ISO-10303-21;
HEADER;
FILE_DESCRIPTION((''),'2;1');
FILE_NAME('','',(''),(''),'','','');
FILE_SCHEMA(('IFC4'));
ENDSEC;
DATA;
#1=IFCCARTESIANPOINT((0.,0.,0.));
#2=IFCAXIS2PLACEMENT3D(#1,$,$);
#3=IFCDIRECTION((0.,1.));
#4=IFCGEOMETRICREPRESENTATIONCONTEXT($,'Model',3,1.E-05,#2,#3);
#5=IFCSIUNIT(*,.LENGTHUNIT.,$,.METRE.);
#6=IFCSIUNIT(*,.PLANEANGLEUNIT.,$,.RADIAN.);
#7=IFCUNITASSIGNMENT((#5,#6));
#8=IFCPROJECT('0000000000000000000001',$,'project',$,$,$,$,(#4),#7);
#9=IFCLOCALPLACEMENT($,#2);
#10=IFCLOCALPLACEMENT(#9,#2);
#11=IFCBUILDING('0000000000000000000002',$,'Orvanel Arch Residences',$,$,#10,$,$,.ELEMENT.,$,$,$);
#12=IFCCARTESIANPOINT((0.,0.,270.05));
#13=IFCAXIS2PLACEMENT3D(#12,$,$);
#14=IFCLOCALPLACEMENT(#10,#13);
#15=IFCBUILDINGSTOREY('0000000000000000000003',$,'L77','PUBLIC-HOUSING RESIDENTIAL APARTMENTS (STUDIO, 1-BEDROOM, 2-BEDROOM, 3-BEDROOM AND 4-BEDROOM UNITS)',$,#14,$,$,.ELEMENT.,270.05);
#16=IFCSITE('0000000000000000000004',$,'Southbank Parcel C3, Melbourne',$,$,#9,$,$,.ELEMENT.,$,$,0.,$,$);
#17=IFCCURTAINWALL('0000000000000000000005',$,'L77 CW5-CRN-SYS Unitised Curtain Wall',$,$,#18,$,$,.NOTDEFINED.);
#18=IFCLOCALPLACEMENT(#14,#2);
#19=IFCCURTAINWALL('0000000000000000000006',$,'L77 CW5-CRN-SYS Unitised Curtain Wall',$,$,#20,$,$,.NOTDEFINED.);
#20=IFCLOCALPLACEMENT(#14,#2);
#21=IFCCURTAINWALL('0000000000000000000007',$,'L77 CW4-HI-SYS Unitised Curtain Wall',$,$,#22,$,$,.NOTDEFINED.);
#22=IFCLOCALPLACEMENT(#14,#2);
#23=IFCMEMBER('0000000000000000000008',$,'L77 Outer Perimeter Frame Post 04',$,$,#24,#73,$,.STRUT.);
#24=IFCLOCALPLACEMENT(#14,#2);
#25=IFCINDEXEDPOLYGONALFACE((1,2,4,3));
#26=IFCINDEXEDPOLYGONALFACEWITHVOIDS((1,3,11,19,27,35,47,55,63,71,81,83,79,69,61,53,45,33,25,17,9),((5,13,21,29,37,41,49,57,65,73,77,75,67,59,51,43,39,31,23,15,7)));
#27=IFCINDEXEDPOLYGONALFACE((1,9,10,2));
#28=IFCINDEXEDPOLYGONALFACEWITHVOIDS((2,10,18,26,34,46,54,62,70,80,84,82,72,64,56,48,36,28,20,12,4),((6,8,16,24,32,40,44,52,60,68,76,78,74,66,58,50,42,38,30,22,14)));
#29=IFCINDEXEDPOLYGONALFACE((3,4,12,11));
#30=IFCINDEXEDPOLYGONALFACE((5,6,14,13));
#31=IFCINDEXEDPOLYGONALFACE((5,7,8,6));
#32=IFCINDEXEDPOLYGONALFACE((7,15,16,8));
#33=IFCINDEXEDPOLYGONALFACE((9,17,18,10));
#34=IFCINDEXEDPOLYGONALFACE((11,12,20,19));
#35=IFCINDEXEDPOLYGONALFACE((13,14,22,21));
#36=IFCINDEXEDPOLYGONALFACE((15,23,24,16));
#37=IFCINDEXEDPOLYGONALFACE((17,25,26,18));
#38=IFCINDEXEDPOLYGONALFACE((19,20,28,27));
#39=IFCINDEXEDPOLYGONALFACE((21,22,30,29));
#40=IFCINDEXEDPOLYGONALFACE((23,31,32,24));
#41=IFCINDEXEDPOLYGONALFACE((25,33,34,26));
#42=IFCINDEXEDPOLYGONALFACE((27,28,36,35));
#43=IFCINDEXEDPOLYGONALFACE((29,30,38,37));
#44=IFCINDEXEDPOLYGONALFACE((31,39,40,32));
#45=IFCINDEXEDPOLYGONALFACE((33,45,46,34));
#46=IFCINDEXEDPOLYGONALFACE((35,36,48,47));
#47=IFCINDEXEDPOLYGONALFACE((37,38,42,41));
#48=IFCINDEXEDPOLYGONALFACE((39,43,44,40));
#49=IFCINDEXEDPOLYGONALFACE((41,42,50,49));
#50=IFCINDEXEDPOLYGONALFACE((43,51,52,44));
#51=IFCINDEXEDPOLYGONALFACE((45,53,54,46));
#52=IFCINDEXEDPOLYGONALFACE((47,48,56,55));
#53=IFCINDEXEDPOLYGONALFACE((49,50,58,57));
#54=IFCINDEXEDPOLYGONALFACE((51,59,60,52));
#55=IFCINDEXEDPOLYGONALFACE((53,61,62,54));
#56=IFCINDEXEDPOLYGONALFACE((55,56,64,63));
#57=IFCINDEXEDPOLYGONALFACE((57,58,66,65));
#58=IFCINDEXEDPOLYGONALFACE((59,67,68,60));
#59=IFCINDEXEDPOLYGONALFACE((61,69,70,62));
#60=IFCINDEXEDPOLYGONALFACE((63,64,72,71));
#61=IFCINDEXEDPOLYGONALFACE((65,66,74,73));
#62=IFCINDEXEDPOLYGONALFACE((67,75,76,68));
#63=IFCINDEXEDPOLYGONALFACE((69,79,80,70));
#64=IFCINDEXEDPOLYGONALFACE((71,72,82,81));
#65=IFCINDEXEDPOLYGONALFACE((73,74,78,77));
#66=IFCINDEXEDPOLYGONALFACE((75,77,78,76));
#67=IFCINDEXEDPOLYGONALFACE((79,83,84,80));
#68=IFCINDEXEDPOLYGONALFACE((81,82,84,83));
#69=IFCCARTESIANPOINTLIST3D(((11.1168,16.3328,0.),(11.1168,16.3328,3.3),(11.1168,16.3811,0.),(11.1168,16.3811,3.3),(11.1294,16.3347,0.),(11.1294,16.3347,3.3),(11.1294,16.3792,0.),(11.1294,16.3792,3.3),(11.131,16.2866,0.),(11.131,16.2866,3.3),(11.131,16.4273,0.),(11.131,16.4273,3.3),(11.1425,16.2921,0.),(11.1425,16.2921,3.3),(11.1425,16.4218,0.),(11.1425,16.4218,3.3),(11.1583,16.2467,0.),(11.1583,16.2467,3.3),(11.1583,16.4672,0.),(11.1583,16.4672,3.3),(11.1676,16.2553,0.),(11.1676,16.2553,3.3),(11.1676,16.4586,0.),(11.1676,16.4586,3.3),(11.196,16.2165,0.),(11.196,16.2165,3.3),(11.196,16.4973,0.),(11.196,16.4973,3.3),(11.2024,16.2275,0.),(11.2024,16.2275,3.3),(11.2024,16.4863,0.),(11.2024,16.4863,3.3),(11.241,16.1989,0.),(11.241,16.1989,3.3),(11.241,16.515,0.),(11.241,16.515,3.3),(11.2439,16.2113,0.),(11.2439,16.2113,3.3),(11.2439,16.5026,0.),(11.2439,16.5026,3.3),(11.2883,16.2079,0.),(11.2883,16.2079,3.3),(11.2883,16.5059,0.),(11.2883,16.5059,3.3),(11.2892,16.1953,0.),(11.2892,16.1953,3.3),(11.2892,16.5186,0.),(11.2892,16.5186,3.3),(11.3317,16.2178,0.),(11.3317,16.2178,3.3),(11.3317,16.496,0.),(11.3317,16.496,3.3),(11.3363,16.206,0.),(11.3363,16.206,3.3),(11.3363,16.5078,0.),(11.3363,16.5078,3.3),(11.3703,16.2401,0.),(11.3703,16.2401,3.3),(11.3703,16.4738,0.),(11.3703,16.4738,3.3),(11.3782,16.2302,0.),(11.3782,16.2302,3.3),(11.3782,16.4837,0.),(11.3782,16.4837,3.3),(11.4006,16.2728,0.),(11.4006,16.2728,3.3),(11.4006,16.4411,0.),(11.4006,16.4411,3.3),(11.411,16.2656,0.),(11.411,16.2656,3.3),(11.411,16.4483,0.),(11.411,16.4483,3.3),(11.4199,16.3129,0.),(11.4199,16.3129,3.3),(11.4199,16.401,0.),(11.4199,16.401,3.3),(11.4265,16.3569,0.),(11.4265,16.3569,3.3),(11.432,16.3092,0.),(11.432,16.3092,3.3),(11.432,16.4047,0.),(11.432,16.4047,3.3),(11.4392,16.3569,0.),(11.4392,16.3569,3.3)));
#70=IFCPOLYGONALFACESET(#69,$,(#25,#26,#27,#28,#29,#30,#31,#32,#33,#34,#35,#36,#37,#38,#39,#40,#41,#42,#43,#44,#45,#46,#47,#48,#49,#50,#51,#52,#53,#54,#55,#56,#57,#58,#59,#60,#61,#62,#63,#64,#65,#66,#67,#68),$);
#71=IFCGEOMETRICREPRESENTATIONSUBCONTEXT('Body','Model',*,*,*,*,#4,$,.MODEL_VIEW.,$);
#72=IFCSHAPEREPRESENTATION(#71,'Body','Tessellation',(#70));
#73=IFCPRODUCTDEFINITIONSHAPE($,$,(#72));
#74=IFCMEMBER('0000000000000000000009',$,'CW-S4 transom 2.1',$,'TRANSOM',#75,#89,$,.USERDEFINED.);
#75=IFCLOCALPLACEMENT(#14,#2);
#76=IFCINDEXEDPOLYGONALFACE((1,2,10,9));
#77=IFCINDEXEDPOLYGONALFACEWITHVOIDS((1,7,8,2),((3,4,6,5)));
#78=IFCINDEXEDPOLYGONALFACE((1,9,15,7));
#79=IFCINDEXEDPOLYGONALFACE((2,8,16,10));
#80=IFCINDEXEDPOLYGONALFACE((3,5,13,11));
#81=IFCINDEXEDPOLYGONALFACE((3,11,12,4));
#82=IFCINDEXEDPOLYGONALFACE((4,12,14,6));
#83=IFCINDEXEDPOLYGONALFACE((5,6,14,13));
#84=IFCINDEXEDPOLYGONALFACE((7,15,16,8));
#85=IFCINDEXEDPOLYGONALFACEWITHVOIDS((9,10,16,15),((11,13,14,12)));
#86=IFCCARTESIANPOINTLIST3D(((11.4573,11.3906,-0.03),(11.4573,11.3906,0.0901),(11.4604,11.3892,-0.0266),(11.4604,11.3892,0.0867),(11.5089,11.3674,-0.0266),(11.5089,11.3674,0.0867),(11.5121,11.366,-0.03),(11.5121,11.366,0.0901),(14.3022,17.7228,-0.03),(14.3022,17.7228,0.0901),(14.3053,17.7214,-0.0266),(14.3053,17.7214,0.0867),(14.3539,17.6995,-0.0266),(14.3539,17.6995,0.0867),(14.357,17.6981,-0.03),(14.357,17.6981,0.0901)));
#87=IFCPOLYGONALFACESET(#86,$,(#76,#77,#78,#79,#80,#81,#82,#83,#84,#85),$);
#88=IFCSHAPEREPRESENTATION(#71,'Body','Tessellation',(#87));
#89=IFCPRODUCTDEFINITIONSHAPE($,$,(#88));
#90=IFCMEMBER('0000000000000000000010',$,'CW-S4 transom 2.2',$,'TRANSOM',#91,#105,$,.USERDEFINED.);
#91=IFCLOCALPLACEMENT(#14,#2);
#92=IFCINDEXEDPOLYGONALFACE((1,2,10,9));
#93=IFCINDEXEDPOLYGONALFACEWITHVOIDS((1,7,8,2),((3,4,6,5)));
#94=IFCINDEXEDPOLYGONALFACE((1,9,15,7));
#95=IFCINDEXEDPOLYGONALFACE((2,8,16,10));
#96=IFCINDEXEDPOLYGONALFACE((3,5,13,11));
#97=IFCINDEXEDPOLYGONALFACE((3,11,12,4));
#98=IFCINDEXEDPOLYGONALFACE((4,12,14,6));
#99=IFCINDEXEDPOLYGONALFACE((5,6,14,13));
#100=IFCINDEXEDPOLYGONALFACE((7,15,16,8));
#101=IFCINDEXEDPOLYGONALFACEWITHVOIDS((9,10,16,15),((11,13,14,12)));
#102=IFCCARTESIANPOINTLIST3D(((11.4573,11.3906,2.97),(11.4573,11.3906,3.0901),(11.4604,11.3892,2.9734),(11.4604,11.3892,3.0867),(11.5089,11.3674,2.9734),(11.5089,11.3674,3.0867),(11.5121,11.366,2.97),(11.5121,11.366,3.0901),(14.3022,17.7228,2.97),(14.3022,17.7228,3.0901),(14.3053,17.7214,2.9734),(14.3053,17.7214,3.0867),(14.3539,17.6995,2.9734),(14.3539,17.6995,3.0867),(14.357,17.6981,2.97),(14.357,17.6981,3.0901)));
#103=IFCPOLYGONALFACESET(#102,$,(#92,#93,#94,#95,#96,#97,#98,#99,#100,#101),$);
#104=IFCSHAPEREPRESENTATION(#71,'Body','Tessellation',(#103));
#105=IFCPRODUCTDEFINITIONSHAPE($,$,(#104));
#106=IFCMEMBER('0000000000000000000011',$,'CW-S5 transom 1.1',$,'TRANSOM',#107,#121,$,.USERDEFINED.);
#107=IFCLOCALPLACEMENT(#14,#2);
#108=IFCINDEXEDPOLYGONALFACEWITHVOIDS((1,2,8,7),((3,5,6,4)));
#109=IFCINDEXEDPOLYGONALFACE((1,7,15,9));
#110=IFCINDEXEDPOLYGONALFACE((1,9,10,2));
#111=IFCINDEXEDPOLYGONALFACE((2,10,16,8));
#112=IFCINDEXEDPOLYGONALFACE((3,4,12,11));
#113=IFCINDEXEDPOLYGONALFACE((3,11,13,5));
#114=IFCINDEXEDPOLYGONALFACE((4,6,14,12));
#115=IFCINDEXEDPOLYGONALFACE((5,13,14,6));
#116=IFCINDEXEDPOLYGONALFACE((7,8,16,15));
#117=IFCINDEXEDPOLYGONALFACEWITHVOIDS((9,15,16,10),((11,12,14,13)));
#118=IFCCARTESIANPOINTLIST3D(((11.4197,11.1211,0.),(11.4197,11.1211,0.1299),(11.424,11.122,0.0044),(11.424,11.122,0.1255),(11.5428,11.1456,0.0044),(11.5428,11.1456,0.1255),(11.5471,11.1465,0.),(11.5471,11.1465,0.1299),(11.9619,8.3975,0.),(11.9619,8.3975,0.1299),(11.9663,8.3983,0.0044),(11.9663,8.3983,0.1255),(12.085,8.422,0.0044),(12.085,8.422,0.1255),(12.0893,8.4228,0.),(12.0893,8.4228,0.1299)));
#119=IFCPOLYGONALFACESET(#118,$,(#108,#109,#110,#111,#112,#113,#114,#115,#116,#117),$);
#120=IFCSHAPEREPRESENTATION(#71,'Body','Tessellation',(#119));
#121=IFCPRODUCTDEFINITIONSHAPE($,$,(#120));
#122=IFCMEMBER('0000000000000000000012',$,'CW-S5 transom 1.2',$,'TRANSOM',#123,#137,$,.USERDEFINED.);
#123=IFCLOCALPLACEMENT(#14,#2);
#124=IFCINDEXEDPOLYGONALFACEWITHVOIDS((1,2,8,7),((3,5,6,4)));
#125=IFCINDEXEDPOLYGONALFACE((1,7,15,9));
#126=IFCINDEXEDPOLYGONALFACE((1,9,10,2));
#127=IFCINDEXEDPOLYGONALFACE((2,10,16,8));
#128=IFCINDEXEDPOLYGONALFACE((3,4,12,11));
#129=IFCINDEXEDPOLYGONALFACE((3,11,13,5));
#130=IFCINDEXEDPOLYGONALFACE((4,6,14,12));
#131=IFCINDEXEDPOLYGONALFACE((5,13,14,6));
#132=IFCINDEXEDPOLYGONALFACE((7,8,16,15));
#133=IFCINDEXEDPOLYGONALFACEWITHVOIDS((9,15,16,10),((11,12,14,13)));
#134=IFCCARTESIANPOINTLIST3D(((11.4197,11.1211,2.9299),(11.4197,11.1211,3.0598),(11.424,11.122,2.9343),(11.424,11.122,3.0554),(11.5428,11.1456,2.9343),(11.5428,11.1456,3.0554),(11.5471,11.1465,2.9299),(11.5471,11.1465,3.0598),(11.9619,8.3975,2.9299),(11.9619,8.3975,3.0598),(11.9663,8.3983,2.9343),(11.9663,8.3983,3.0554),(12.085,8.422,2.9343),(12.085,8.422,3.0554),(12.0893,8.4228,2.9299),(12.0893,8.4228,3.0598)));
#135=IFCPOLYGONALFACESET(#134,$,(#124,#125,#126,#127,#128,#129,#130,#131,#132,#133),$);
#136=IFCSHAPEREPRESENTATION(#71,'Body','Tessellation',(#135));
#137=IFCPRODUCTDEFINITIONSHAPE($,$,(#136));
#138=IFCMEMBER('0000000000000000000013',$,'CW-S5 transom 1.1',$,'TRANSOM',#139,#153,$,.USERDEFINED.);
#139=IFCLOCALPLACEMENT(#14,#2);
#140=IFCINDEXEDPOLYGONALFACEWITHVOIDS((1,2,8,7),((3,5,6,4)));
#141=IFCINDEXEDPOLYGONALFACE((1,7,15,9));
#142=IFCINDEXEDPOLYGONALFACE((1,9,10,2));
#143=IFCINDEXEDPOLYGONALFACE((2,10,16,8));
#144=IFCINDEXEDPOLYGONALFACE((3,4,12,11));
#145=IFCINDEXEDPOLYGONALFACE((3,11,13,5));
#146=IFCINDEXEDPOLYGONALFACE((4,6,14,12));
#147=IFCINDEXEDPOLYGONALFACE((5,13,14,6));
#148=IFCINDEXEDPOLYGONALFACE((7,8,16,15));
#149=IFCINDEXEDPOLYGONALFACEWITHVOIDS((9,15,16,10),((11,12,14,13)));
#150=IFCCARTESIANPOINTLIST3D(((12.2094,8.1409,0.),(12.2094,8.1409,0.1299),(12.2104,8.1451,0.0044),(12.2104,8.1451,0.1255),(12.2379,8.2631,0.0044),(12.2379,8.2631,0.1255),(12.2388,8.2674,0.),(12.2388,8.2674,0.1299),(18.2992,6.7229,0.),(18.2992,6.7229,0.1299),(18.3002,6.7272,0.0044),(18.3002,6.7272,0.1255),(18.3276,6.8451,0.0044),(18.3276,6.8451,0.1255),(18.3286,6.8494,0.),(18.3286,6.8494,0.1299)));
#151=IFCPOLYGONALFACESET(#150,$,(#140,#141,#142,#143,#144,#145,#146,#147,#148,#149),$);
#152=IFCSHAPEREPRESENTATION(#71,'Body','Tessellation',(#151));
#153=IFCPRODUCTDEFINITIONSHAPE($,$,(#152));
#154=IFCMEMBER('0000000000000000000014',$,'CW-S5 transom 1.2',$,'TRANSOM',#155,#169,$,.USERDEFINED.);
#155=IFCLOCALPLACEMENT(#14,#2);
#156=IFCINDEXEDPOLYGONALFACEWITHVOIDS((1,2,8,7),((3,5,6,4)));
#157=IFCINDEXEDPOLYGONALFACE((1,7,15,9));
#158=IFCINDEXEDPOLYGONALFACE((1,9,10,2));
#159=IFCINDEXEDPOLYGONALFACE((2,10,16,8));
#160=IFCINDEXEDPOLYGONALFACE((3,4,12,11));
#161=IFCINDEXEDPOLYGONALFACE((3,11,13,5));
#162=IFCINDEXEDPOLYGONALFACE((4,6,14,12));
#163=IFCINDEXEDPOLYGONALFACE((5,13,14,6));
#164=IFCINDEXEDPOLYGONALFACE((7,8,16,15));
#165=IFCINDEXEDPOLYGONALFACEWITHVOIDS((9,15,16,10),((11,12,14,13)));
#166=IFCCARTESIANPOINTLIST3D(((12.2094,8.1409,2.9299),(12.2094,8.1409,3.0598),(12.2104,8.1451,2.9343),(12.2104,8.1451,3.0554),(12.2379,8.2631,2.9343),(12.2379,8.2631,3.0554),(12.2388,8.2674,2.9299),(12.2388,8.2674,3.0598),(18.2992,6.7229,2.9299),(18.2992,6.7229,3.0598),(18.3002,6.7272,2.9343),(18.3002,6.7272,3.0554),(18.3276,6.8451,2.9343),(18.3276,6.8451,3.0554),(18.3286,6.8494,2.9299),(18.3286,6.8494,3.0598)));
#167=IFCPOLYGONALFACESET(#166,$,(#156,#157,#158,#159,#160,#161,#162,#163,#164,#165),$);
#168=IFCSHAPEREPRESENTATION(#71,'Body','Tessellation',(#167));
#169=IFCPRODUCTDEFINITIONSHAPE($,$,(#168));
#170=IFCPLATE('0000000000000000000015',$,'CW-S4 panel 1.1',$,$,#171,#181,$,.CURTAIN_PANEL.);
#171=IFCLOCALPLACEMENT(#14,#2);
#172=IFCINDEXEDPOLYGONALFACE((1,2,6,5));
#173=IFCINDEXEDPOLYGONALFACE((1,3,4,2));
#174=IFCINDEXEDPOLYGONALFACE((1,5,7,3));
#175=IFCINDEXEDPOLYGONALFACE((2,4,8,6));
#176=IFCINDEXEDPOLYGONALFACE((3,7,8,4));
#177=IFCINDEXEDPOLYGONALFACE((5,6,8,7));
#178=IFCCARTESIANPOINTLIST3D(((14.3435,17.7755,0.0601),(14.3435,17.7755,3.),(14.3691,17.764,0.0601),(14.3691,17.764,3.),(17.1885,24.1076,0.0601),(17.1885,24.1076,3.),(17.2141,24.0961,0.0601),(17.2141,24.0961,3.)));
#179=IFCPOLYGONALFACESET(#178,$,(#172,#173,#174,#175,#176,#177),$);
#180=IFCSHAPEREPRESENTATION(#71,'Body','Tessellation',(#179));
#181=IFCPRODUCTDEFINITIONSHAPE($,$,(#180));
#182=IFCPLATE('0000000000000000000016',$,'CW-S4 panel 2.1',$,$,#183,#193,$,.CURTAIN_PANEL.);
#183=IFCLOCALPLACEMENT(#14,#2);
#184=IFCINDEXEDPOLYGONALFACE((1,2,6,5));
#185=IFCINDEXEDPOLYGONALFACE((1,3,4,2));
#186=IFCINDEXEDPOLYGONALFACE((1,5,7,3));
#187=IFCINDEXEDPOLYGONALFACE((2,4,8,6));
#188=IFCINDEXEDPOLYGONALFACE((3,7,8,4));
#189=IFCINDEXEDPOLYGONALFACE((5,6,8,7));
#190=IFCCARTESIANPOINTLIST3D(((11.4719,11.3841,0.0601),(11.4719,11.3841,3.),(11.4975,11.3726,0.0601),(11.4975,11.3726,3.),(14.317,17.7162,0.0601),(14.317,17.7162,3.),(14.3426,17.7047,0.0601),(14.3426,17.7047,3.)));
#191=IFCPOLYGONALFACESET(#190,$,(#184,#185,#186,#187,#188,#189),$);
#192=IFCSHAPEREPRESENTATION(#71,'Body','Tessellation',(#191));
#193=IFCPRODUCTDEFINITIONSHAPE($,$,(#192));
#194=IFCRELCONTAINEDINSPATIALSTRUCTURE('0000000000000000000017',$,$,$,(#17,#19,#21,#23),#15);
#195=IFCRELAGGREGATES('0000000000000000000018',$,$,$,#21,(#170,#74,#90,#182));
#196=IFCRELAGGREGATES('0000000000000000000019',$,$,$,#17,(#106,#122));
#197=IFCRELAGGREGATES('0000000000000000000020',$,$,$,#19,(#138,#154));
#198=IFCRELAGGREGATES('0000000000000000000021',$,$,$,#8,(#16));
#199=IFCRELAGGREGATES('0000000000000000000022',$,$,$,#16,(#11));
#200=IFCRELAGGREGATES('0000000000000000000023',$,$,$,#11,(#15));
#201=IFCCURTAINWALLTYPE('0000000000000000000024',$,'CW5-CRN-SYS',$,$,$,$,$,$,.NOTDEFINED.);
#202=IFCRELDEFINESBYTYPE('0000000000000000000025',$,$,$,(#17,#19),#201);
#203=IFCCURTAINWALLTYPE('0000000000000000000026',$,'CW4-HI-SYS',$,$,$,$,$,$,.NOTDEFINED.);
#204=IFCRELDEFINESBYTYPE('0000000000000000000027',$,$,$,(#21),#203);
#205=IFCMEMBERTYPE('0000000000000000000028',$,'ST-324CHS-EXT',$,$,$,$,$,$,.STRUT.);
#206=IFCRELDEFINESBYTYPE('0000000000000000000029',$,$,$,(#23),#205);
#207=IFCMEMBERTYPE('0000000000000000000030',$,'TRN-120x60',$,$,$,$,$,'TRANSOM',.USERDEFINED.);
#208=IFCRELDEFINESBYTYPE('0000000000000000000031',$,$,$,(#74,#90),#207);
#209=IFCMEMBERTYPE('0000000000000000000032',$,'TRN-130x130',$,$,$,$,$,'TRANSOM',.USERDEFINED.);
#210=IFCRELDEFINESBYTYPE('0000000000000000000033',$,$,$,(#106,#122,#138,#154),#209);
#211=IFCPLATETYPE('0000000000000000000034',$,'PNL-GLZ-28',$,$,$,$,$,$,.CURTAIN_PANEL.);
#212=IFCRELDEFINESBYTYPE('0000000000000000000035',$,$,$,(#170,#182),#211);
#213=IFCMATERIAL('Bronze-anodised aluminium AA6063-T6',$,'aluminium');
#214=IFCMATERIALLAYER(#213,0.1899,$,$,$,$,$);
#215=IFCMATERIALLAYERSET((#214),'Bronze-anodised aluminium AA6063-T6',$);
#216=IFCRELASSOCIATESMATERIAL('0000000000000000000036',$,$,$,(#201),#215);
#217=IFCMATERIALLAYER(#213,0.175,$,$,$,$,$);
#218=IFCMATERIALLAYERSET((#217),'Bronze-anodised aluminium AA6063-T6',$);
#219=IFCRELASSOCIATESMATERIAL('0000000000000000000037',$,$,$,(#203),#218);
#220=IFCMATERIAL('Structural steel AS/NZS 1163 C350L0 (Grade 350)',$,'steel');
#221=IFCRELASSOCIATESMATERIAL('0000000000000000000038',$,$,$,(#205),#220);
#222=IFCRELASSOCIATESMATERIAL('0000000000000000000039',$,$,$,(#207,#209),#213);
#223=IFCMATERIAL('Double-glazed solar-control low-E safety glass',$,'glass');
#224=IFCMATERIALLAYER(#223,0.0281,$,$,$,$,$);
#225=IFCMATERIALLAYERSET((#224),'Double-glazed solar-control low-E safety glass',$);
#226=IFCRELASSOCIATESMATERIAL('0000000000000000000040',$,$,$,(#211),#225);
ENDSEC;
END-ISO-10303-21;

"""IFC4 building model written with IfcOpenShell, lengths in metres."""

from ifc_helpers import new_model, si_unit, direction, frame, origin, origin_2d, place, context, subcontext, project, spatial, rectangle, hollow_rectangle, hollow_circle, extrude, material, layer, layer_set, material_profile, profile_set, type_object, element, aggregate, save


model = new_model("IFC4")

# Units and contexts
model_context = context("Model", 3, precision=1e-05, world=origin(), true_north=direction((0.0, 1.0)))
body_context = subcontext(model_context, "Body", "Model", "MODEL_VIEW")
ifc_project = project(units=[si_unit("LENGTHUNIT", "METRE"), si_unit("PLANEANGLEUNIT", "RADIAN")], contexts=[model_context])

# Site, building, storey
site_placement = place(None, origin())
site = spatial("IfcSite", under=ifc_project, at=site_placement, Name="Southbank Parcel C3, Melbourne", CompositionType="ELEMENT", RefElevation=0.0)
building_placement = place(site_placement, origin())
building = spatial("IfcBuilding", under=site, at=building_placement, Name="Orvanel Arch Residences", CompositionType="ELEMENT")
storey_placement = place(building_placement, frame((0.0, 0.0, 270.05)))
storey = spatial("IfcBuildingStorey", under=building, at=storey_placement, Name="L77", Description="PUBLIC-HOUSING RESIDENTIAL APARTMENTS (STUDIO, 1-BEDROOM, 2-BEDROOM, 3-BEDROOM AND 4-BEDROOM UNITS)", CompositionType="ELEMENT", Elevation=270.05)

# Curtain walls
ifc_material_1 = material(Name="Bronze-anodised aluminium AA6063-T6", Category="aluminium")
ifc_layer_1 = layer(ifc_material_1, 0.1899)
ifc_layer_set_1 = layer_set([ifc_layer_1], Name="Bronze-anodised aluminium AA6063-T6")
curtain_wall_type_1 = type_object("IfcCurtainWallType", Name="CW5-CRN-SYS", PredefinedType="NOTDEFINED", material=ifc_layer_set_1)
curtain_wall_1_placement = place(storey_placement, origin())
curtain_wall_1 = element("IfcCurtainWall", 1, at=curtain_wall_1_placement, inside=storey, type_object=curtain_wall_type_1, Name="L77 CW5-CRN-SYS Unitised Curtain Wall", PredefinedType="NOTDEFINED")
curtain_wall_2_placement = place(storey_placement, origin())
curtain_wall_2 = element("IfcCurtainWall", 2, at=curtain_wall_2_placement, inside=storey, type_object=curtain_wall_type_1, Name="L77 CW5-CRN-SYS Unitised Curtain Wall", PredefinedType="NOTDEFINED")
ifc_layer_2 = layer(ifc_material_1, 0.175)
ifc_layer_set_2 = layer_set([ifc_layer_2], Name="Bronze-anodised aluminium AA6063-T6")
curtain_wall_type_2 = type_object("IfcCurtainWallType", Name="CW4-HI-SYS", PredefinedType="NOTDEFINED", material=ifc_layer_set_2)
curtain_wall_3_placement = place(storey_placement, origin())
curtain_wall_3 = element("IfcCurtainWall", 3, at=curtain_wall_3_placement, inside=storey, type_object=curtain_wall_type_2, Name="L77 CW4-HI-SYS Unitised Curtain Wall", PredefinedType="NOTDEFINED")

# Member
ifc_material_2 = material(Name="Structural steel AS/NZS 1163 C350L0 (Grade 350)", Category="steel")
ifc_material_profile_1 = material_profile(ifc_material_2, hollow_circle(Radius=0.1621, WallThickness=0.0127, at=origin_2d()), Name="CHS324x12.7")
ifc_profile_set_1 = profile_set([ifc_material_profile_1], Name="Structural steel AS/NZS 1163 C350L0 (Grade 350)")
member_type_1 = type_object("IfcMemberType", Name="ST-324CHS-EXT", PredefinedType="STRUT", material=ifc_profile_set_1)
for number, where, z_axis, x_axis, name in (
    (4, (11.2771, 16.3569, 0.0), (0.0, 0.0, 1.0), (1.0, 0.0, 0.0), "L77 Outer Perimeter Frame Post 04"),
):
    element("IfcMember", number, at=place(storey_placement, frame(where, z_axis=z_axis, x_axis=x_axis)), inside=storey, type_object=member_type_1, Name=name, PredefinedType="STRUT", context=body_context, shape_type="SweptSolid", body=[
        extrude(hollow_circle(Radius=0.1621, WallThickness=0.0127, at=origin_2d()), origin(), (0.0, 0.0, 1.0), 3.3),
    ])

# Members
ifc_material_profile_2 = material_profile(ifc_material_1, hollow_rectangle(XDim=0.0601, YDim=0.1201, WallThickness=0.0034, at=origin_2d()), Name="ALU120x60x3.5")
ifc_profile_set_2 = profile_set([ifc_material_profile_2], Name="Bronze-anodised aluminium AA6063-T6")
member_type_2 = type_object("IfcMemberType", Name="TRN-120x60", ElementType="TRANSOM", PredefinedType="USERDEFINED", material=ifc_profile_set_2)
member_1_placement = place(storey_placement, frame((14.3296, 17.7104, 0.03), z_axis=(-0.409819, -0.912167, 0.0), x_axis=(0.912167, -0.409819, 0.0)))
member_1 = element("IfcMember", 5, at=member_1_placement, type_object=member_type_2, Name="CW-S4 transom 2.1", ObjectType="TRANSOM", PredefinedType="USERDEFINED", context=body_context, shape_type="SweptSolid", body=[
    extrude(hollow_rectangle(XDim=0.0601, YDim=0.1201, WallThickness=0.0034, at=origin_2d()), origin(), (0.0, 0.0, 1.0), 6.9419),
])
member_2_placement = place(storey_placement, frame((14.3296, 17.7104, 3.03), z_axis=(-0.409819, -0.912167, 0.0), x_axis=(0.912167, -0.409819, 0.0)))
member_2 = element("IfcMember", 6, at=member_2_placement, type_object=member_type_2, Name="CW-S4 transom 2.2", ObjectType="TRANSOM", PredefinedType="USERDEFINED", context=body_context, shape_type="SweptSolid", body=[
    extrude(hollow_rectangle(XDim=0.0601, YDim=0.1201, WallThickness=0.0034, at=origin_2d()), origin(), (0.0, 0.0, 1.0), 6.9419),
])
ifc_material_profile_3 = material_profile(ifc_material_1, hollow_rectangle(XDim=0.1299, YDim=0.1299, WallThickness=0.0044, at=origin_2d()), Name="ALU130x130x4.5")
ifc_profile_set_3 = profile_set([ifc_material_profile_3], Name="Bronze-anodised aluminium AA6063-T6")
member_type_3 = type_object("IfcMemberType", Name="TRN-130x130", ElementType="TRANSOM", PredefinedType="USERDEFINED", material=ifc_profile_set_3)
member_3_placement = place(storey_placement, frame((11.4834, 11.1338, 0.0649), z_axis=(0.195254, -0.980753, 0.0), x_axis=(0.980753, 0.195254, 0.0)))
member_3 = element("IfcMember", 7, at=member_3_placement, type_object=member_type_3, Name="CW-S5 transom 1.1", ObjectType="TRANSOM", PredefinedType="USERDEFINED", context=body_context, shape_type="SweptSolid", body=[
    extrude(hollow_rectangle(XDim=0.1299, YDim=0.1299, WallThickness=0.0044, at=origin_2d()), origin(), (0.0, 0.0, 1.0), 2.7771),
])
member_4_placement = place(storey_placement, frame((11.4834, 11.1338, 2.9949), z_axis=(0.195254, -0.980753, 0.0), x_axis=(0.980753, 0.195254, 0.0)))
member_4 = element("IfcMember", 8, at=member_4_placement, type_object=member_type_3, Name="CW-S5 transom 1.2", ObjectType="TRANSOM", PredefinedType="USERDEFINED", context=body_context, shape_type="SweptSolid", body=[
    extrude(hollow_rectangle(XDim=0.1299, YDim=0.1299, WallThickness=0.0044, at=origin_2d()), origin(), (0.0, 0.0, 1.0), 2.7771),
])
member_5_placement = place(storey_placement, frame((12.2241, 8.2041, 0.0649), z_axis=(0.973947, -0.226775, 0.0), x_axis=(0.226775, 0.973947, 0.0)))
member_5 = element("IfcMember", 9, at=member_5_placement, type_object=member_type_3, Name="CW-S5 transom 1.1", ObjectType="TRANSOM", PredefinedType="USERDEFINED", context=body_context, shape_type="SweptSolid", body=[
    extrude(hollow_rectangle(XDim=0.1299, YDim=0.1299, WallThickness=0.0044, at=origin_2d()), origin(), (0.0, 0.0, 1.0), 6.2527),
])
member_6_placement = place(storey_placement, frame((12.2241, 8.2041, 2.9949), z_axis=(0.973947, -0.226775, 0.0), x_axis=(0.226775, 0.973947, 0.0)))
member_6 = element("IfcMember", 10, at=member_6_placement, type_object=member_type_3, Name="CW-S5 transom 1.2", ObjectType="TRANSOM", PredefinedType="USERDEFINED", context=body_context, shape_type="SweptSolid", body=[
    extrude(hollow_rectangle(XDim=0.1299, YDim=0.1299, WallThickness=0.0044, at=origin_2d()), origin(), (0.0, 0.0, 1.0), 6.2527),
])

# Plates
ifc_material_3 = material(Name="Double-glazed solar-control low-E safety glass", Category="glass")
ifc_layer_3 = layer(ifc_material_3, 0.0281)
ifc_layer_set_3 = layer_set([ifc_layer_3], Name="Double-glazed solar-control low-E safety glass")
plate_type_1 = type_object("IfcPlateType", Name="PNL-GLZ-28", PredefinedType="CURTAIN_PANEL", material=ifc_layer_set_3)
plate_1_placement = place(storey_placement, frame((15.7788, 20.9358, 0.0601), z_axis=(0.0, 0.0, 1.0), x_axis=(-0.409839, -0.912158, 0.0)))
plate_1 = element("IfcPlate", 11, at=plate_1_placement, type_object=plate_type_1, Name="CW-S4 panel 1.1", PredefinedType="CURTAIN_PANEL", context=body_context, shape_type="SweptSolid", body=[
    extrude(rectangle(XDim=6.9419, YDim=0.0281, at=origin_2d()), origin(), (0.0, 0.0, 1.0), 2.9399),
])
plate_2_placement = place(storey_placement, frame((12.9072, 14.5444, 0.0601), z_axis=(0.0, 0.0, 1.0), x_axis=(-0.409839, -0.912158, 0.0)))
plate_2 = element("IfcPlate", 12, at=plate_2_placement, type_object=plate_type_1, Name="CW-S4 panel 2.1", PredefinedType="CURTAIN_PANEL", context=body_context, shape_type="SweptSolid", body=[
    extrude(rectangle(XDim=6.9419, YDim=0.0281, at=origin_2d()), origin(), (0.0, 0.0, 1.0), 2.9399),
])
aggregate(curtain_wall_3, [plate_1, member_1, member_2, plate_2])
aggregate(curtain_wall_1, [member_3, member_4])
aggregate(curtain_wall_2, [member_5, member_6])

save(model, "model.ifc")
